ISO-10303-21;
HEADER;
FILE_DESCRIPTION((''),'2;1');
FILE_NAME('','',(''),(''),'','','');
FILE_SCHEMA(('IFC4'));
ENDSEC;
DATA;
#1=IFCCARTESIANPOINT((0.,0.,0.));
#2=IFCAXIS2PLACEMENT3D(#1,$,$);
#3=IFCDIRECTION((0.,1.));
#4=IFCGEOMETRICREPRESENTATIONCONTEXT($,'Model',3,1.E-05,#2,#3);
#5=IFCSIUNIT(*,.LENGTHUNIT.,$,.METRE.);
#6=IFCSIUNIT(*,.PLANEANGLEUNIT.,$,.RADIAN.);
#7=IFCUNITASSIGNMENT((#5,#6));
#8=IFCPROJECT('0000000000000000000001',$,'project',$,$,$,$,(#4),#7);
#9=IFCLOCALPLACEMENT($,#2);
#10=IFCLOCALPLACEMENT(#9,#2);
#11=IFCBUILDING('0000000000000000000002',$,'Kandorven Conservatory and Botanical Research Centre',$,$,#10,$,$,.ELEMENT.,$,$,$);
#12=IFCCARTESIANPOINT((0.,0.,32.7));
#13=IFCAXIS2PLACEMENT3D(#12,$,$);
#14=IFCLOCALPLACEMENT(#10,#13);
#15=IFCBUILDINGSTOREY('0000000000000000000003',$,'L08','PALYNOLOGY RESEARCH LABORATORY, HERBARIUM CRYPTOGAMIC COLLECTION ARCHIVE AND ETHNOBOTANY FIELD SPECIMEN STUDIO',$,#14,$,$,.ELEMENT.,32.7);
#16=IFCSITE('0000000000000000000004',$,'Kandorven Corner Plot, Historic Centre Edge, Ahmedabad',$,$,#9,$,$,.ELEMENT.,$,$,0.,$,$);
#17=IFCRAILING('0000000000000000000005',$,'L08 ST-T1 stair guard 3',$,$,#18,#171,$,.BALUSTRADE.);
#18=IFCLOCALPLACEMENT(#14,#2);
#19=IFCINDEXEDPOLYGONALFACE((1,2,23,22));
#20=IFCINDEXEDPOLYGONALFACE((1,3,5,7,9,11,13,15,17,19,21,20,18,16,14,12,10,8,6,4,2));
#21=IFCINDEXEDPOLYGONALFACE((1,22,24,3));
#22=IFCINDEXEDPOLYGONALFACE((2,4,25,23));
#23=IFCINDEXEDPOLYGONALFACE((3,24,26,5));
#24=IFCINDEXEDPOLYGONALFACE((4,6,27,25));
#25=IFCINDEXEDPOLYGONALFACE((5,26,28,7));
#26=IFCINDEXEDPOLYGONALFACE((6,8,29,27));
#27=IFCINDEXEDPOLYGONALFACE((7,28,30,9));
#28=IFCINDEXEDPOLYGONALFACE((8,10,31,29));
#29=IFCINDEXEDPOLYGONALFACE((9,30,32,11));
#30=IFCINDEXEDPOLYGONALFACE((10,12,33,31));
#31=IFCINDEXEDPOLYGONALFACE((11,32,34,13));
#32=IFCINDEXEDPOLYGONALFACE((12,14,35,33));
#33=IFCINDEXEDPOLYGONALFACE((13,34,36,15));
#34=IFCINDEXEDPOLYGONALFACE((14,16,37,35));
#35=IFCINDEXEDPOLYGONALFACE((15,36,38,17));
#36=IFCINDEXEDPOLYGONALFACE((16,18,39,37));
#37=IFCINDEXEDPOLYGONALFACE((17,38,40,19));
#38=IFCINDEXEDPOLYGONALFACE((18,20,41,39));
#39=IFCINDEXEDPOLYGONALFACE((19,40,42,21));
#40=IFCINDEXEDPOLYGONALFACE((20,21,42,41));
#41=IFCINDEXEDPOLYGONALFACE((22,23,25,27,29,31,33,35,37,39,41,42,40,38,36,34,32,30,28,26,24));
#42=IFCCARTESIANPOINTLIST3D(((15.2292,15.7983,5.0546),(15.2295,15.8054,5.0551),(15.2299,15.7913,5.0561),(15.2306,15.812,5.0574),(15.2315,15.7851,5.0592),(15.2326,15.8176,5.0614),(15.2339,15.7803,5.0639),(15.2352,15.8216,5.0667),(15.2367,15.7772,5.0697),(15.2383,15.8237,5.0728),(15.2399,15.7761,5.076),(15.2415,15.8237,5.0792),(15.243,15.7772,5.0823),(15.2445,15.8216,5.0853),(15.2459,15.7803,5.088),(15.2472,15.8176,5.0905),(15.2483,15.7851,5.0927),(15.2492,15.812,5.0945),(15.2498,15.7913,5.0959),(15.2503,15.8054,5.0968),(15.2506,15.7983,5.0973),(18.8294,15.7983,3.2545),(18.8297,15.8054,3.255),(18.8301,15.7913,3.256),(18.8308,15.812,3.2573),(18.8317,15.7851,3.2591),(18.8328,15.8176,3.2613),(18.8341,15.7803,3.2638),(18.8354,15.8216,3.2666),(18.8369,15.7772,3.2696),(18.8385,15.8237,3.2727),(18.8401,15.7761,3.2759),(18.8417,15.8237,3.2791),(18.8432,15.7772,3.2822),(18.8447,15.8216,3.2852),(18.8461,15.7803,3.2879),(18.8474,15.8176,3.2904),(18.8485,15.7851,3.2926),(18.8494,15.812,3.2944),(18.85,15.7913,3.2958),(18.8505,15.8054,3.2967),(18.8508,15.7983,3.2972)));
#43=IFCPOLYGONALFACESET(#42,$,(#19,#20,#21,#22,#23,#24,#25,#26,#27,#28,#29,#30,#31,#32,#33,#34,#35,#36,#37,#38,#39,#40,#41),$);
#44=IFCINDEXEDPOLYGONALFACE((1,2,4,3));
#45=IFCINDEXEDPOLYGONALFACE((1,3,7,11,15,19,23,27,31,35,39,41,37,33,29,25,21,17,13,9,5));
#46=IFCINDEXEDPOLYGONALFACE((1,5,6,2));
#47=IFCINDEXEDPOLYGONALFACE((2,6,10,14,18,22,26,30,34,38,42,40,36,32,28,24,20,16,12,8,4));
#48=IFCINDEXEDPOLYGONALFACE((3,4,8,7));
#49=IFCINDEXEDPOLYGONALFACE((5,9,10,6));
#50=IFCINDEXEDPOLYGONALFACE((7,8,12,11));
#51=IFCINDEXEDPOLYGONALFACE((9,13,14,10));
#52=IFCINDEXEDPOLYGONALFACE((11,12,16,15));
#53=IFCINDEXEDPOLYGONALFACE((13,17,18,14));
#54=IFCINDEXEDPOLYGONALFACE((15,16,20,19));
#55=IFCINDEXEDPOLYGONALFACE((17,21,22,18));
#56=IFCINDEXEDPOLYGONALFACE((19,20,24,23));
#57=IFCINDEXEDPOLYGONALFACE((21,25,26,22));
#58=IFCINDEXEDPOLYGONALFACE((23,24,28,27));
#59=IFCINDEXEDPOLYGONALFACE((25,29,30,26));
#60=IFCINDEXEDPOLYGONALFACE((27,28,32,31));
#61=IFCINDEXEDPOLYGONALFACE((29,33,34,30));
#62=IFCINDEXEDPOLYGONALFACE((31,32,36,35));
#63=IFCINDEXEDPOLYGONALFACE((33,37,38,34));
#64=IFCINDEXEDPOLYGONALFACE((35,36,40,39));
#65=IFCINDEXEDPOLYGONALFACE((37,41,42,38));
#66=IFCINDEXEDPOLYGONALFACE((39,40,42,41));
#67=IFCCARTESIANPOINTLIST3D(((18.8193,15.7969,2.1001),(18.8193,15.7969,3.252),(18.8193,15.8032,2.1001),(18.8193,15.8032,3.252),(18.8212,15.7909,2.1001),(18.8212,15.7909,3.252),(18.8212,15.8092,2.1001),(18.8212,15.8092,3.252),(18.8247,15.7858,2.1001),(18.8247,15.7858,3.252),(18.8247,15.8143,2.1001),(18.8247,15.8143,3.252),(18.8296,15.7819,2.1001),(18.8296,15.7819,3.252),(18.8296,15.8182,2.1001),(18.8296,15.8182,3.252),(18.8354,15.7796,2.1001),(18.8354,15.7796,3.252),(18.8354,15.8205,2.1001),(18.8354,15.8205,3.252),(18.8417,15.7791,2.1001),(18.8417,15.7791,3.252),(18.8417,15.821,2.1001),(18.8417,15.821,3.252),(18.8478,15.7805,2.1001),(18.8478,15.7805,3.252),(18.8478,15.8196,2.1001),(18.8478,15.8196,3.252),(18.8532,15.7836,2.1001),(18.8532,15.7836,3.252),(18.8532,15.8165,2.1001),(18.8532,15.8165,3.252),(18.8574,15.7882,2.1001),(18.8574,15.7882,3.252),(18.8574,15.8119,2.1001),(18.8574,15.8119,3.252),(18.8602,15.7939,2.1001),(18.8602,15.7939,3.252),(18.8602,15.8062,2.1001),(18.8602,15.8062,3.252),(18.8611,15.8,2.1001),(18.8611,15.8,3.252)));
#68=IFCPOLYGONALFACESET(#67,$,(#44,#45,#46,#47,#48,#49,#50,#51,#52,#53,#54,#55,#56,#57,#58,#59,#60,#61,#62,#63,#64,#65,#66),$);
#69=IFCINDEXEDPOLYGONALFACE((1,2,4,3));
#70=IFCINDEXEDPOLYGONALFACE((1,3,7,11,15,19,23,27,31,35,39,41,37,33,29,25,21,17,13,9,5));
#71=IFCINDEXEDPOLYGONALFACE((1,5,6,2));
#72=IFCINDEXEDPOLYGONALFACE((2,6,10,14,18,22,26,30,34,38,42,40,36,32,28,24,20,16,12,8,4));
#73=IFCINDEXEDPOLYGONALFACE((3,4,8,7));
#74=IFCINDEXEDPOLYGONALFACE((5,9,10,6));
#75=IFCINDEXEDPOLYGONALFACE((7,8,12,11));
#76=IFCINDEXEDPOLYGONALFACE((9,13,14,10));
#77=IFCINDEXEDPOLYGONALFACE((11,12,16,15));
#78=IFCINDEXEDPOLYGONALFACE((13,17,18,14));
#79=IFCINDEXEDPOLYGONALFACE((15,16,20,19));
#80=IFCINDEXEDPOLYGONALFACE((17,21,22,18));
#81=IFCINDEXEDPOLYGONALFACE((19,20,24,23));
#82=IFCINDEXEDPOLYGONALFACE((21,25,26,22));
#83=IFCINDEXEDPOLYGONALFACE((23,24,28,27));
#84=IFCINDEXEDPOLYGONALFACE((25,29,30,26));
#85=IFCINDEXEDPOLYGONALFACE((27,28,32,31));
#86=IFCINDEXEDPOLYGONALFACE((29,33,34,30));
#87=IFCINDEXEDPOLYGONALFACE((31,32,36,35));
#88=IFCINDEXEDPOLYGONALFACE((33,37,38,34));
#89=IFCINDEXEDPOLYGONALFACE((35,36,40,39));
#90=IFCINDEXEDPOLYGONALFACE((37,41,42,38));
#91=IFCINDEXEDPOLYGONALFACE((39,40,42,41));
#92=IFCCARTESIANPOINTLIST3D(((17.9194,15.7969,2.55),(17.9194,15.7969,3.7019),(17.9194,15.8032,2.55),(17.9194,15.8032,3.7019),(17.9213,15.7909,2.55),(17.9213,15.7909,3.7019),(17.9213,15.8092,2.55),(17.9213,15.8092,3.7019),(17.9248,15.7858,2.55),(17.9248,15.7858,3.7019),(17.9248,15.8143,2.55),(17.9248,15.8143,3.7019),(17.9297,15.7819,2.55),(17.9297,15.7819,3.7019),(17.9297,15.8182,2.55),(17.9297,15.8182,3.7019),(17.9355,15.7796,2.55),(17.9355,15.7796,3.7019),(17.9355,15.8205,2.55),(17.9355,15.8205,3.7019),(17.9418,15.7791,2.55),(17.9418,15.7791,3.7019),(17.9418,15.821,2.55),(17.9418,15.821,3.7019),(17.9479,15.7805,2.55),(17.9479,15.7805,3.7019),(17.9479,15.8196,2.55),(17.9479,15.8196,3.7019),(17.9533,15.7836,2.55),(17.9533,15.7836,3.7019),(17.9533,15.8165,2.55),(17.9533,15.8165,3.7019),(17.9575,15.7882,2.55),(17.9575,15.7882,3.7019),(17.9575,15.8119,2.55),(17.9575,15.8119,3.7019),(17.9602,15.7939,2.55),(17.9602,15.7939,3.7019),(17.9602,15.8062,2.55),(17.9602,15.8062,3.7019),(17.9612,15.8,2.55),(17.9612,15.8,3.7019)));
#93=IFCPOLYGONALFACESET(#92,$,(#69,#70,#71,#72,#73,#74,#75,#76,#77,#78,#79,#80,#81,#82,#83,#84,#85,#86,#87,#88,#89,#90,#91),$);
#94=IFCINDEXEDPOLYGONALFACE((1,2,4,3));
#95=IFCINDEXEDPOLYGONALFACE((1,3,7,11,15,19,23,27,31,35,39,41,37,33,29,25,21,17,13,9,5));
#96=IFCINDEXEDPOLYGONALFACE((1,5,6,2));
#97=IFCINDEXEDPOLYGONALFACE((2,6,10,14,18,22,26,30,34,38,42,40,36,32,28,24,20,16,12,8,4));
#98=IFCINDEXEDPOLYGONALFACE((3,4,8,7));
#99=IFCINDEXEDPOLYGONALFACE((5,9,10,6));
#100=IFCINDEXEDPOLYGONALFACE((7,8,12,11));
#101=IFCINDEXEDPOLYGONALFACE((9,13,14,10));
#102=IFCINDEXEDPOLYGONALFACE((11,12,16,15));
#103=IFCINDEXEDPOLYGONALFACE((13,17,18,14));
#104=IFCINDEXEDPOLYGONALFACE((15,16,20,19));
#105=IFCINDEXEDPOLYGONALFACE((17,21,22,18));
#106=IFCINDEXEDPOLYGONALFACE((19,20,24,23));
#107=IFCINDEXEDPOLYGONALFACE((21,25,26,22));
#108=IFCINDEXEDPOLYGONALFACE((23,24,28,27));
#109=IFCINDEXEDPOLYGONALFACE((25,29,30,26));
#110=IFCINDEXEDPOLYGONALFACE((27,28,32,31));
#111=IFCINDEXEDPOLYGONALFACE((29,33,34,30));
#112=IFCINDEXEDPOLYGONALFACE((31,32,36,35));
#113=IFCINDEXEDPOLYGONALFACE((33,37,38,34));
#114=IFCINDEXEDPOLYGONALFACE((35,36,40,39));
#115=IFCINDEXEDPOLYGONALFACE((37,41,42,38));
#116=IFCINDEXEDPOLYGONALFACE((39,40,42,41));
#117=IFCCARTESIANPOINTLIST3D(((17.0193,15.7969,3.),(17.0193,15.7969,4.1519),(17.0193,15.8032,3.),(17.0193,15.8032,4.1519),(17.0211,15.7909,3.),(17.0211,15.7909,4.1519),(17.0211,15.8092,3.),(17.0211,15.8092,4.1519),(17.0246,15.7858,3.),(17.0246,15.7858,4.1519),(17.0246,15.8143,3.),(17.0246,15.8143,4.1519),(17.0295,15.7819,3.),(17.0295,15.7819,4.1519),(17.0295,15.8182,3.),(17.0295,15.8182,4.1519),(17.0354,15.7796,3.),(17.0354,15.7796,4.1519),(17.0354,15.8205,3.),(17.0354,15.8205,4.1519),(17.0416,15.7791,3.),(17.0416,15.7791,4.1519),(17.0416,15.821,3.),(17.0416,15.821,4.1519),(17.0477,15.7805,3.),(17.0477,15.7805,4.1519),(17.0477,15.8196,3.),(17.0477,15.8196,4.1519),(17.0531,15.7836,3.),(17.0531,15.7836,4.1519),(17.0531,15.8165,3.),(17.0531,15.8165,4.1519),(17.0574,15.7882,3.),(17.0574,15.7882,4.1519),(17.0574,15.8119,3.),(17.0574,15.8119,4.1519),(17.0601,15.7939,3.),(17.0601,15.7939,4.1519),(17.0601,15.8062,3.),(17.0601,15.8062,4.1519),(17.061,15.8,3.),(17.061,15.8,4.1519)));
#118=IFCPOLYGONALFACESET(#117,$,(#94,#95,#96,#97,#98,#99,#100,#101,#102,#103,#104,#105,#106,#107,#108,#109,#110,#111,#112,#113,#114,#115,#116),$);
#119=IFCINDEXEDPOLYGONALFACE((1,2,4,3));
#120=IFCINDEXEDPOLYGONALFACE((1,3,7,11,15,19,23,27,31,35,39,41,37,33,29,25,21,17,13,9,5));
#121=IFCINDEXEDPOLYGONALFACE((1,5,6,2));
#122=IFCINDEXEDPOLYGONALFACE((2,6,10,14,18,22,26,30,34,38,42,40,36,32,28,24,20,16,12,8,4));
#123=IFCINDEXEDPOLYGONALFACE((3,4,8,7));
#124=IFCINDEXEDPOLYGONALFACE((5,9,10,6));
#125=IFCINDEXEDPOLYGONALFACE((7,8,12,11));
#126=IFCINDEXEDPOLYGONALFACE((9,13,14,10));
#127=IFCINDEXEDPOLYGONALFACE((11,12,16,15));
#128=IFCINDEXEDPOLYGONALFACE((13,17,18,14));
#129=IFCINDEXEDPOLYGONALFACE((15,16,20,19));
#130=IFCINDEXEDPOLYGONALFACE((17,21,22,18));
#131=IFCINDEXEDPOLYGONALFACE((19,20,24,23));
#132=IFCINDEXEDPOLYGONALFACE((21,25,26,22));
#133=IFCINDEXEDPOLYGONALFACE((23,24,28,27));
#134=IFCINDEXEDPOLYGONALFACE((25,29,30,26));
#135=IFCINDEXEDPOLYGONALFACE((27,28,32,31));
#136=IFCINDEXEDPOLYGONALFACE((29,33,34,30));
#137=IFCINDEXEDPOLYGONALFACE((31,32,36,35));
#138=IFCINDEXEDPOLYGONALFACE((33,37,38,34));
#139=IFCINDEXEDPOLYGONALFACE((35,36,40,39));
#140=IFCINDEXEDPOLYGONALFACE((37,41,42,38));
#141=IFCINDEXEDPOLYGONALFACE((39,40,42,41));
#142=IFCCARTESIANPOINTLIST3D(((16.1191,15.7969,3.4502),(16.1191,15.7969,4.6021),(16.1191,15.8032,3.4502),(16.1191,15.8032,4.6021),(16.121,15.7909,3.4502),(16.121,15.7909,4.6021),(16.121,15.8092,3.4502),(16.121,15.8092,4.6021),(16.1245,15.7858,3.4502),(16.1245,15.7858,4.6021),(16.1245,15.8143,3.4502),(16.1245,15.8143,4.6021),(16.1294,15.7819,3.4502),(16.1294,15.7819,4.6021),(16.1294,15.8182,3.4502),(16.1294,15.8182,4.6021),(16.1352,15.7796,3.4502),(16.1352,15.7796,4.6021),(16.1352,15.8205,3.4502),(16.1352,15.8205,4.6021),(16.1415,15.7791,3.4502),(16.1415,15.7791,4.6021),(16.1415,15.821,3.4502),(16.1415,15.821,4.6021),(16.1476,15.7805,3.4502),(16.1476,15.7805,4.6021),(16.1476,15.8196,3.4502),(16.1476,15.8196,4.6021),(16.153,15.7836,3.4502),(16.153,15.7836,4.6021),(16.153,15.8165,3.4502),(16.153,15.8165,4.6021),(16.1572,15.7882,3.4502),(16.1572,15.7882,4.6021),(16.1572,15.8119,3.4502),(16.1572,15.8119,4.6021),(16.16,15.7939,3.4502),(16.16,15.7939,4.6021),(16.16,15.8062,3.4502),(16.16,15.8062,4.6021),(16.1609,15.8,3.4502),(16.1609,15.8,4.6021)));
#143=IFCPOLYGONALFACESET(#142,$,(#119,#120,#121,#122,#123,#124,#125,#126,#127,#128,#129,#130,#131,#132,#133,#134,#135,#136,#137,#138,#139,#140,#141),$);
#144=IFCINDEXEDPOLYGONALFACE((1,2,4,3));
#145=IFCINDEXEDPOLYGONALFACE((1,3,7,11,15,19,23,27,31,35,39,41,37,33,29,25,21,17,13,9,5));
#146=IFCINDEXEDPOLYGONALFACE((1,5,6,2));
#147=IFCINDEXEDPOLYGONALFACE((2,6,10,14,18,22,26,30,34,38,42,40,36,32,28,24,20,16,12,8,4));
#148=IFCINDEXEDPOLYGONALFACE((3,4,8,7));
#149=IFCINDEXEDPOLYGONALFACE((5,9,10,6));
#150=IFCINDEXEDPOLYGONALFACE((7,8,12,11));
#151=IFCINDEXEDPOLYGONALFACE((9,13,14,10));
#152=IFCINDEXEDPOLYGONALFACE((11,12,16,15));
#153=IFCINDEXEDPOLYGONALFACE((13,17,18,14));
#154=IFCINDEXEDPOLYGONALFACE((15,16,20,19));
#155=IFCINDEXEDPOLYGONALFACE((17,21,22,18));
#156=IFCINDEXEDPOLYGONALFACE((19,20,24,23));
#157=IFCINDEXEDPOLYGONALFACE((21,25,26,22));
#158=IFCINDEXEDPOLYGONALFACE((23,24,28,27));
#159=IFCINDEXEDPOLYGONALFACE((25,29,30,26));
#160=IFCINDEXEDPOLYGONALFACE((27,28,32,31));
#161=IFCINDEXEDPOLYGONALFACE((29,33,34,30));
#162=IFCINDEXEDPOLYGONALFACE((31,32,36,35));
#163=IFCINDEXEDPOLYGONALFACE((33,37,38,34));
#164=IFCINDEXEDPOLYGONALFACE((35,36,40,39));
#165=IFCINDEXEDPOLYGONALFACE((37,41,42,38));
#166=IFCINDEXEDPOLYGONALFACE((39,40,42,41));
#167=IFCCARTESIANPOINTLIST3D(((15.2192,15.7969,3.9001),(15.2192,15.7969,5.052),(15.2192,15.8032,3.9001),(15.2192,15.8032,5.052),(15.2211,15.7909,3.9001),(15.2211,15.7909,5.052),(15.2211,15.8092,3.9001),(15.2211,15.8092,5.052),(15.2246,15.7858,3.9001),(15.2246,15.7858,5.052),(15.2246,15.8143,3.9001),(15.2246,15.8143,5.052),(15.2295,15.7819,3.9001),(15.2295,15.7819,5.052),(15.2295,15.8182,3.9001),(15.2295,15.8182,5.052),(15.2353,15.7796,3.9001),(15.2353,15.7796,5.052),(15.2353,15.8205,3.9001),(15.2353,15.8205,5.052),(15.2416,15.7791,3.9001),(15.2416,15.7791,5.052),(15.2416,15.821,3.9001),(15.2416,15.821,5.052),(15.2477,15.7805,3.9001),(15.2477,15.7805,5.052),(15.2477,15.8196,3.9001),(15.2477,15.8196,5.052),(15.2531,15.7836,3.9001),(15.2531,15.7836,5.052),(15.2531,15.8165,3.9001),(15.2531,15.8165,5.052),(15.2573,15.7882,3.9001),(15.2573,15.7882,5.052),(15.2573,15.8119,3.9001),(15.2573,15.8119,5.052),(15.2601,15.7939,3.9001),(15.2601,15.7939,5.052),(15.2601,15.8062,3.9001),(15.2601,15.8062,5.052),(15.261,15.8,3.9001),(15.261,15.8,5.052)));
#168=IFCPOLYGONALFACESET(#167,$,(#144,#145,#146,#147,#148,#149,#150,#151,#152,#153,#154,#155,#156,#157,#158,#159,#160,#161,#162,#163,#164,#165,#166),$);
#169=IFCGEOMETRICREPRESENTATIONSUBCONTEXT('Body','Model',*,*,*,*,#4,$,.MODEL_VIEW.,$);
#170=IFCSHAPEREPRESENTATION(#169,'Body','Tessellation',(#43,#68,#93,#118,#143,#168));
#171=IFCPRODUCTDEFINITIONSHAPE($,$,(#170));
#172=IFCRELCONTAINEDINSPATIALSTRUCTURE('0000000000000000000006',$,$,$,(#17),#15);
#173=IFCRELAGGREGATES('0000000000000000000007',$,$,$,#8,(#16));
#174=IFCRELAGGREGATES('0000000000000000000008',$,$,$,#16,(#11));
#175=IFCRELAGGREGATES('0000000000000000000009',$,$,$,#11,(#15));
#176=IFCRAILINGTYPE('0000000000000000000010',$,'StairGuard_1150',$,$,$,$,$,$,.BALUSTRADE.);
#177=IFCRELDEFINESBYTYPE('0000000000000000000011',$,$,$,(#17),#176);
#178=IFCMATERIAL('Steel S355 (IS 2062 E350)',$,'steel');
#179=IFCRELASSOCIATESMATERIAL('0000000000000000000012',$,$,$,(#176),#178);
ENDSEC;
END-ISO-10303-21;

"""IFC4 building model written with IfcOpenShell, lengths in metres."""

from ifc_helpers import new_model, si_unit, direction, frame, origin, origin_2d, place, context, subcontext, project, spatial, circle, extrude, material, type_object, element, save


model = new_model("IFC4")

# Units and contexts
model_context = context("Model", 3, precision=1e-05, world=origin(), true_north=direction((0.0, 1.0)))
body_context = subcontext(model_context, "Body", "Model", "MODEL_VIEW")
ifc_project = project(units=[si_unit("LENGTHUNIT", "METRE"), si_unit("PLANEANGLEUNIT", "RADIAN")], contexts=[model_context])

# Site, building, storey
site_placement = place(None, origin())
site = spatial("IfcSite", under=ifc_project, at=site_placement, Name="Kandorven Corner Plot, Historic Centre Edge, Ahmedabad", CompositionType="ELEMENT", RefElevation=0.0)
building_placement = place(site_placement, origin())
building = spatial("IfcBuilding", under=site, at=building_placement, Name="Kandorven Conservatory and Botanical Research Centre", CompositionType="ELEMENT")
storey_placement = place(building_placement, frame((0.0, 0.0, 32.7)))
storey = spatial("IfcBuildingStorey", under=building, at=storey_placement, Name="L08", Description="PALYNOLOGY RESEARCH LABORATORY, HERBARIUM CRYPTOGAMIC COLLECTION ARCHIVE AND ETHNOBOTANY FIELD SPECIMEN STUDIO", CompositionType="ELEMENT", Elevation=32.7)

# Railing
ifc_material_1 = material(Name="Steel S355 (IS 2062 E350)", Category="steel")
railing_type_1 = type_object("IfcRailingType", Name="StairGuard_1150", PredefinedType="BALUSTRADE", material=ifc_material_1)
railing_1_placement = place(storey_placement, frame((18.8401, 15.8, 2.1001)))
element("IfcRailing", 1, at=railing_1_placement, inside=storey, type_object=railing_type_1, Name="L08 ST-T1 stair guard 3", PredefinedType="BALUSTRADE", context=body_context, shape_type="SweptSolid", body=[
    extrude(circle(Radius=0.0239, at=origin_2d()), frame((0.0, 0.0, 1.1758), z_axis=(-0.894427, 0.0, 0.447214), x_axis=(0.0, -1.0, 0.0)), (0.0, 0.0, 1.0), 4.0251),
    extrude(circle(Radius=0.021, at=origin_2d()), origin(), (0.0, 0.0, 1.0), 1.1519),
    extrude(circle(Radius=0.021, at=origin_2d()), frame((-0.8999, 0.0, 0.45)), (0.0, 0.0, 1.0), 1.1519),
    extrude(circle(Radius=0.021, at=origin_2d()), frame((-1.8, 0.0, 0.8999)), (0.0, 0.0, 1.0), 1.1519),
    extrude(circle(Radius=0.021, at=origin_2d()), frame((-2.7002, 0.0, 1.3501)), (0.0, 0.0, 1.0), 1.1519),
    extrude(circle(Radius=0.021, at=origin_2d()), frame((-3.6001, 0.0, 1.8)), (0.0, 0.0, 1.0), 1.1519),
])

save(model, "model.ifc")
